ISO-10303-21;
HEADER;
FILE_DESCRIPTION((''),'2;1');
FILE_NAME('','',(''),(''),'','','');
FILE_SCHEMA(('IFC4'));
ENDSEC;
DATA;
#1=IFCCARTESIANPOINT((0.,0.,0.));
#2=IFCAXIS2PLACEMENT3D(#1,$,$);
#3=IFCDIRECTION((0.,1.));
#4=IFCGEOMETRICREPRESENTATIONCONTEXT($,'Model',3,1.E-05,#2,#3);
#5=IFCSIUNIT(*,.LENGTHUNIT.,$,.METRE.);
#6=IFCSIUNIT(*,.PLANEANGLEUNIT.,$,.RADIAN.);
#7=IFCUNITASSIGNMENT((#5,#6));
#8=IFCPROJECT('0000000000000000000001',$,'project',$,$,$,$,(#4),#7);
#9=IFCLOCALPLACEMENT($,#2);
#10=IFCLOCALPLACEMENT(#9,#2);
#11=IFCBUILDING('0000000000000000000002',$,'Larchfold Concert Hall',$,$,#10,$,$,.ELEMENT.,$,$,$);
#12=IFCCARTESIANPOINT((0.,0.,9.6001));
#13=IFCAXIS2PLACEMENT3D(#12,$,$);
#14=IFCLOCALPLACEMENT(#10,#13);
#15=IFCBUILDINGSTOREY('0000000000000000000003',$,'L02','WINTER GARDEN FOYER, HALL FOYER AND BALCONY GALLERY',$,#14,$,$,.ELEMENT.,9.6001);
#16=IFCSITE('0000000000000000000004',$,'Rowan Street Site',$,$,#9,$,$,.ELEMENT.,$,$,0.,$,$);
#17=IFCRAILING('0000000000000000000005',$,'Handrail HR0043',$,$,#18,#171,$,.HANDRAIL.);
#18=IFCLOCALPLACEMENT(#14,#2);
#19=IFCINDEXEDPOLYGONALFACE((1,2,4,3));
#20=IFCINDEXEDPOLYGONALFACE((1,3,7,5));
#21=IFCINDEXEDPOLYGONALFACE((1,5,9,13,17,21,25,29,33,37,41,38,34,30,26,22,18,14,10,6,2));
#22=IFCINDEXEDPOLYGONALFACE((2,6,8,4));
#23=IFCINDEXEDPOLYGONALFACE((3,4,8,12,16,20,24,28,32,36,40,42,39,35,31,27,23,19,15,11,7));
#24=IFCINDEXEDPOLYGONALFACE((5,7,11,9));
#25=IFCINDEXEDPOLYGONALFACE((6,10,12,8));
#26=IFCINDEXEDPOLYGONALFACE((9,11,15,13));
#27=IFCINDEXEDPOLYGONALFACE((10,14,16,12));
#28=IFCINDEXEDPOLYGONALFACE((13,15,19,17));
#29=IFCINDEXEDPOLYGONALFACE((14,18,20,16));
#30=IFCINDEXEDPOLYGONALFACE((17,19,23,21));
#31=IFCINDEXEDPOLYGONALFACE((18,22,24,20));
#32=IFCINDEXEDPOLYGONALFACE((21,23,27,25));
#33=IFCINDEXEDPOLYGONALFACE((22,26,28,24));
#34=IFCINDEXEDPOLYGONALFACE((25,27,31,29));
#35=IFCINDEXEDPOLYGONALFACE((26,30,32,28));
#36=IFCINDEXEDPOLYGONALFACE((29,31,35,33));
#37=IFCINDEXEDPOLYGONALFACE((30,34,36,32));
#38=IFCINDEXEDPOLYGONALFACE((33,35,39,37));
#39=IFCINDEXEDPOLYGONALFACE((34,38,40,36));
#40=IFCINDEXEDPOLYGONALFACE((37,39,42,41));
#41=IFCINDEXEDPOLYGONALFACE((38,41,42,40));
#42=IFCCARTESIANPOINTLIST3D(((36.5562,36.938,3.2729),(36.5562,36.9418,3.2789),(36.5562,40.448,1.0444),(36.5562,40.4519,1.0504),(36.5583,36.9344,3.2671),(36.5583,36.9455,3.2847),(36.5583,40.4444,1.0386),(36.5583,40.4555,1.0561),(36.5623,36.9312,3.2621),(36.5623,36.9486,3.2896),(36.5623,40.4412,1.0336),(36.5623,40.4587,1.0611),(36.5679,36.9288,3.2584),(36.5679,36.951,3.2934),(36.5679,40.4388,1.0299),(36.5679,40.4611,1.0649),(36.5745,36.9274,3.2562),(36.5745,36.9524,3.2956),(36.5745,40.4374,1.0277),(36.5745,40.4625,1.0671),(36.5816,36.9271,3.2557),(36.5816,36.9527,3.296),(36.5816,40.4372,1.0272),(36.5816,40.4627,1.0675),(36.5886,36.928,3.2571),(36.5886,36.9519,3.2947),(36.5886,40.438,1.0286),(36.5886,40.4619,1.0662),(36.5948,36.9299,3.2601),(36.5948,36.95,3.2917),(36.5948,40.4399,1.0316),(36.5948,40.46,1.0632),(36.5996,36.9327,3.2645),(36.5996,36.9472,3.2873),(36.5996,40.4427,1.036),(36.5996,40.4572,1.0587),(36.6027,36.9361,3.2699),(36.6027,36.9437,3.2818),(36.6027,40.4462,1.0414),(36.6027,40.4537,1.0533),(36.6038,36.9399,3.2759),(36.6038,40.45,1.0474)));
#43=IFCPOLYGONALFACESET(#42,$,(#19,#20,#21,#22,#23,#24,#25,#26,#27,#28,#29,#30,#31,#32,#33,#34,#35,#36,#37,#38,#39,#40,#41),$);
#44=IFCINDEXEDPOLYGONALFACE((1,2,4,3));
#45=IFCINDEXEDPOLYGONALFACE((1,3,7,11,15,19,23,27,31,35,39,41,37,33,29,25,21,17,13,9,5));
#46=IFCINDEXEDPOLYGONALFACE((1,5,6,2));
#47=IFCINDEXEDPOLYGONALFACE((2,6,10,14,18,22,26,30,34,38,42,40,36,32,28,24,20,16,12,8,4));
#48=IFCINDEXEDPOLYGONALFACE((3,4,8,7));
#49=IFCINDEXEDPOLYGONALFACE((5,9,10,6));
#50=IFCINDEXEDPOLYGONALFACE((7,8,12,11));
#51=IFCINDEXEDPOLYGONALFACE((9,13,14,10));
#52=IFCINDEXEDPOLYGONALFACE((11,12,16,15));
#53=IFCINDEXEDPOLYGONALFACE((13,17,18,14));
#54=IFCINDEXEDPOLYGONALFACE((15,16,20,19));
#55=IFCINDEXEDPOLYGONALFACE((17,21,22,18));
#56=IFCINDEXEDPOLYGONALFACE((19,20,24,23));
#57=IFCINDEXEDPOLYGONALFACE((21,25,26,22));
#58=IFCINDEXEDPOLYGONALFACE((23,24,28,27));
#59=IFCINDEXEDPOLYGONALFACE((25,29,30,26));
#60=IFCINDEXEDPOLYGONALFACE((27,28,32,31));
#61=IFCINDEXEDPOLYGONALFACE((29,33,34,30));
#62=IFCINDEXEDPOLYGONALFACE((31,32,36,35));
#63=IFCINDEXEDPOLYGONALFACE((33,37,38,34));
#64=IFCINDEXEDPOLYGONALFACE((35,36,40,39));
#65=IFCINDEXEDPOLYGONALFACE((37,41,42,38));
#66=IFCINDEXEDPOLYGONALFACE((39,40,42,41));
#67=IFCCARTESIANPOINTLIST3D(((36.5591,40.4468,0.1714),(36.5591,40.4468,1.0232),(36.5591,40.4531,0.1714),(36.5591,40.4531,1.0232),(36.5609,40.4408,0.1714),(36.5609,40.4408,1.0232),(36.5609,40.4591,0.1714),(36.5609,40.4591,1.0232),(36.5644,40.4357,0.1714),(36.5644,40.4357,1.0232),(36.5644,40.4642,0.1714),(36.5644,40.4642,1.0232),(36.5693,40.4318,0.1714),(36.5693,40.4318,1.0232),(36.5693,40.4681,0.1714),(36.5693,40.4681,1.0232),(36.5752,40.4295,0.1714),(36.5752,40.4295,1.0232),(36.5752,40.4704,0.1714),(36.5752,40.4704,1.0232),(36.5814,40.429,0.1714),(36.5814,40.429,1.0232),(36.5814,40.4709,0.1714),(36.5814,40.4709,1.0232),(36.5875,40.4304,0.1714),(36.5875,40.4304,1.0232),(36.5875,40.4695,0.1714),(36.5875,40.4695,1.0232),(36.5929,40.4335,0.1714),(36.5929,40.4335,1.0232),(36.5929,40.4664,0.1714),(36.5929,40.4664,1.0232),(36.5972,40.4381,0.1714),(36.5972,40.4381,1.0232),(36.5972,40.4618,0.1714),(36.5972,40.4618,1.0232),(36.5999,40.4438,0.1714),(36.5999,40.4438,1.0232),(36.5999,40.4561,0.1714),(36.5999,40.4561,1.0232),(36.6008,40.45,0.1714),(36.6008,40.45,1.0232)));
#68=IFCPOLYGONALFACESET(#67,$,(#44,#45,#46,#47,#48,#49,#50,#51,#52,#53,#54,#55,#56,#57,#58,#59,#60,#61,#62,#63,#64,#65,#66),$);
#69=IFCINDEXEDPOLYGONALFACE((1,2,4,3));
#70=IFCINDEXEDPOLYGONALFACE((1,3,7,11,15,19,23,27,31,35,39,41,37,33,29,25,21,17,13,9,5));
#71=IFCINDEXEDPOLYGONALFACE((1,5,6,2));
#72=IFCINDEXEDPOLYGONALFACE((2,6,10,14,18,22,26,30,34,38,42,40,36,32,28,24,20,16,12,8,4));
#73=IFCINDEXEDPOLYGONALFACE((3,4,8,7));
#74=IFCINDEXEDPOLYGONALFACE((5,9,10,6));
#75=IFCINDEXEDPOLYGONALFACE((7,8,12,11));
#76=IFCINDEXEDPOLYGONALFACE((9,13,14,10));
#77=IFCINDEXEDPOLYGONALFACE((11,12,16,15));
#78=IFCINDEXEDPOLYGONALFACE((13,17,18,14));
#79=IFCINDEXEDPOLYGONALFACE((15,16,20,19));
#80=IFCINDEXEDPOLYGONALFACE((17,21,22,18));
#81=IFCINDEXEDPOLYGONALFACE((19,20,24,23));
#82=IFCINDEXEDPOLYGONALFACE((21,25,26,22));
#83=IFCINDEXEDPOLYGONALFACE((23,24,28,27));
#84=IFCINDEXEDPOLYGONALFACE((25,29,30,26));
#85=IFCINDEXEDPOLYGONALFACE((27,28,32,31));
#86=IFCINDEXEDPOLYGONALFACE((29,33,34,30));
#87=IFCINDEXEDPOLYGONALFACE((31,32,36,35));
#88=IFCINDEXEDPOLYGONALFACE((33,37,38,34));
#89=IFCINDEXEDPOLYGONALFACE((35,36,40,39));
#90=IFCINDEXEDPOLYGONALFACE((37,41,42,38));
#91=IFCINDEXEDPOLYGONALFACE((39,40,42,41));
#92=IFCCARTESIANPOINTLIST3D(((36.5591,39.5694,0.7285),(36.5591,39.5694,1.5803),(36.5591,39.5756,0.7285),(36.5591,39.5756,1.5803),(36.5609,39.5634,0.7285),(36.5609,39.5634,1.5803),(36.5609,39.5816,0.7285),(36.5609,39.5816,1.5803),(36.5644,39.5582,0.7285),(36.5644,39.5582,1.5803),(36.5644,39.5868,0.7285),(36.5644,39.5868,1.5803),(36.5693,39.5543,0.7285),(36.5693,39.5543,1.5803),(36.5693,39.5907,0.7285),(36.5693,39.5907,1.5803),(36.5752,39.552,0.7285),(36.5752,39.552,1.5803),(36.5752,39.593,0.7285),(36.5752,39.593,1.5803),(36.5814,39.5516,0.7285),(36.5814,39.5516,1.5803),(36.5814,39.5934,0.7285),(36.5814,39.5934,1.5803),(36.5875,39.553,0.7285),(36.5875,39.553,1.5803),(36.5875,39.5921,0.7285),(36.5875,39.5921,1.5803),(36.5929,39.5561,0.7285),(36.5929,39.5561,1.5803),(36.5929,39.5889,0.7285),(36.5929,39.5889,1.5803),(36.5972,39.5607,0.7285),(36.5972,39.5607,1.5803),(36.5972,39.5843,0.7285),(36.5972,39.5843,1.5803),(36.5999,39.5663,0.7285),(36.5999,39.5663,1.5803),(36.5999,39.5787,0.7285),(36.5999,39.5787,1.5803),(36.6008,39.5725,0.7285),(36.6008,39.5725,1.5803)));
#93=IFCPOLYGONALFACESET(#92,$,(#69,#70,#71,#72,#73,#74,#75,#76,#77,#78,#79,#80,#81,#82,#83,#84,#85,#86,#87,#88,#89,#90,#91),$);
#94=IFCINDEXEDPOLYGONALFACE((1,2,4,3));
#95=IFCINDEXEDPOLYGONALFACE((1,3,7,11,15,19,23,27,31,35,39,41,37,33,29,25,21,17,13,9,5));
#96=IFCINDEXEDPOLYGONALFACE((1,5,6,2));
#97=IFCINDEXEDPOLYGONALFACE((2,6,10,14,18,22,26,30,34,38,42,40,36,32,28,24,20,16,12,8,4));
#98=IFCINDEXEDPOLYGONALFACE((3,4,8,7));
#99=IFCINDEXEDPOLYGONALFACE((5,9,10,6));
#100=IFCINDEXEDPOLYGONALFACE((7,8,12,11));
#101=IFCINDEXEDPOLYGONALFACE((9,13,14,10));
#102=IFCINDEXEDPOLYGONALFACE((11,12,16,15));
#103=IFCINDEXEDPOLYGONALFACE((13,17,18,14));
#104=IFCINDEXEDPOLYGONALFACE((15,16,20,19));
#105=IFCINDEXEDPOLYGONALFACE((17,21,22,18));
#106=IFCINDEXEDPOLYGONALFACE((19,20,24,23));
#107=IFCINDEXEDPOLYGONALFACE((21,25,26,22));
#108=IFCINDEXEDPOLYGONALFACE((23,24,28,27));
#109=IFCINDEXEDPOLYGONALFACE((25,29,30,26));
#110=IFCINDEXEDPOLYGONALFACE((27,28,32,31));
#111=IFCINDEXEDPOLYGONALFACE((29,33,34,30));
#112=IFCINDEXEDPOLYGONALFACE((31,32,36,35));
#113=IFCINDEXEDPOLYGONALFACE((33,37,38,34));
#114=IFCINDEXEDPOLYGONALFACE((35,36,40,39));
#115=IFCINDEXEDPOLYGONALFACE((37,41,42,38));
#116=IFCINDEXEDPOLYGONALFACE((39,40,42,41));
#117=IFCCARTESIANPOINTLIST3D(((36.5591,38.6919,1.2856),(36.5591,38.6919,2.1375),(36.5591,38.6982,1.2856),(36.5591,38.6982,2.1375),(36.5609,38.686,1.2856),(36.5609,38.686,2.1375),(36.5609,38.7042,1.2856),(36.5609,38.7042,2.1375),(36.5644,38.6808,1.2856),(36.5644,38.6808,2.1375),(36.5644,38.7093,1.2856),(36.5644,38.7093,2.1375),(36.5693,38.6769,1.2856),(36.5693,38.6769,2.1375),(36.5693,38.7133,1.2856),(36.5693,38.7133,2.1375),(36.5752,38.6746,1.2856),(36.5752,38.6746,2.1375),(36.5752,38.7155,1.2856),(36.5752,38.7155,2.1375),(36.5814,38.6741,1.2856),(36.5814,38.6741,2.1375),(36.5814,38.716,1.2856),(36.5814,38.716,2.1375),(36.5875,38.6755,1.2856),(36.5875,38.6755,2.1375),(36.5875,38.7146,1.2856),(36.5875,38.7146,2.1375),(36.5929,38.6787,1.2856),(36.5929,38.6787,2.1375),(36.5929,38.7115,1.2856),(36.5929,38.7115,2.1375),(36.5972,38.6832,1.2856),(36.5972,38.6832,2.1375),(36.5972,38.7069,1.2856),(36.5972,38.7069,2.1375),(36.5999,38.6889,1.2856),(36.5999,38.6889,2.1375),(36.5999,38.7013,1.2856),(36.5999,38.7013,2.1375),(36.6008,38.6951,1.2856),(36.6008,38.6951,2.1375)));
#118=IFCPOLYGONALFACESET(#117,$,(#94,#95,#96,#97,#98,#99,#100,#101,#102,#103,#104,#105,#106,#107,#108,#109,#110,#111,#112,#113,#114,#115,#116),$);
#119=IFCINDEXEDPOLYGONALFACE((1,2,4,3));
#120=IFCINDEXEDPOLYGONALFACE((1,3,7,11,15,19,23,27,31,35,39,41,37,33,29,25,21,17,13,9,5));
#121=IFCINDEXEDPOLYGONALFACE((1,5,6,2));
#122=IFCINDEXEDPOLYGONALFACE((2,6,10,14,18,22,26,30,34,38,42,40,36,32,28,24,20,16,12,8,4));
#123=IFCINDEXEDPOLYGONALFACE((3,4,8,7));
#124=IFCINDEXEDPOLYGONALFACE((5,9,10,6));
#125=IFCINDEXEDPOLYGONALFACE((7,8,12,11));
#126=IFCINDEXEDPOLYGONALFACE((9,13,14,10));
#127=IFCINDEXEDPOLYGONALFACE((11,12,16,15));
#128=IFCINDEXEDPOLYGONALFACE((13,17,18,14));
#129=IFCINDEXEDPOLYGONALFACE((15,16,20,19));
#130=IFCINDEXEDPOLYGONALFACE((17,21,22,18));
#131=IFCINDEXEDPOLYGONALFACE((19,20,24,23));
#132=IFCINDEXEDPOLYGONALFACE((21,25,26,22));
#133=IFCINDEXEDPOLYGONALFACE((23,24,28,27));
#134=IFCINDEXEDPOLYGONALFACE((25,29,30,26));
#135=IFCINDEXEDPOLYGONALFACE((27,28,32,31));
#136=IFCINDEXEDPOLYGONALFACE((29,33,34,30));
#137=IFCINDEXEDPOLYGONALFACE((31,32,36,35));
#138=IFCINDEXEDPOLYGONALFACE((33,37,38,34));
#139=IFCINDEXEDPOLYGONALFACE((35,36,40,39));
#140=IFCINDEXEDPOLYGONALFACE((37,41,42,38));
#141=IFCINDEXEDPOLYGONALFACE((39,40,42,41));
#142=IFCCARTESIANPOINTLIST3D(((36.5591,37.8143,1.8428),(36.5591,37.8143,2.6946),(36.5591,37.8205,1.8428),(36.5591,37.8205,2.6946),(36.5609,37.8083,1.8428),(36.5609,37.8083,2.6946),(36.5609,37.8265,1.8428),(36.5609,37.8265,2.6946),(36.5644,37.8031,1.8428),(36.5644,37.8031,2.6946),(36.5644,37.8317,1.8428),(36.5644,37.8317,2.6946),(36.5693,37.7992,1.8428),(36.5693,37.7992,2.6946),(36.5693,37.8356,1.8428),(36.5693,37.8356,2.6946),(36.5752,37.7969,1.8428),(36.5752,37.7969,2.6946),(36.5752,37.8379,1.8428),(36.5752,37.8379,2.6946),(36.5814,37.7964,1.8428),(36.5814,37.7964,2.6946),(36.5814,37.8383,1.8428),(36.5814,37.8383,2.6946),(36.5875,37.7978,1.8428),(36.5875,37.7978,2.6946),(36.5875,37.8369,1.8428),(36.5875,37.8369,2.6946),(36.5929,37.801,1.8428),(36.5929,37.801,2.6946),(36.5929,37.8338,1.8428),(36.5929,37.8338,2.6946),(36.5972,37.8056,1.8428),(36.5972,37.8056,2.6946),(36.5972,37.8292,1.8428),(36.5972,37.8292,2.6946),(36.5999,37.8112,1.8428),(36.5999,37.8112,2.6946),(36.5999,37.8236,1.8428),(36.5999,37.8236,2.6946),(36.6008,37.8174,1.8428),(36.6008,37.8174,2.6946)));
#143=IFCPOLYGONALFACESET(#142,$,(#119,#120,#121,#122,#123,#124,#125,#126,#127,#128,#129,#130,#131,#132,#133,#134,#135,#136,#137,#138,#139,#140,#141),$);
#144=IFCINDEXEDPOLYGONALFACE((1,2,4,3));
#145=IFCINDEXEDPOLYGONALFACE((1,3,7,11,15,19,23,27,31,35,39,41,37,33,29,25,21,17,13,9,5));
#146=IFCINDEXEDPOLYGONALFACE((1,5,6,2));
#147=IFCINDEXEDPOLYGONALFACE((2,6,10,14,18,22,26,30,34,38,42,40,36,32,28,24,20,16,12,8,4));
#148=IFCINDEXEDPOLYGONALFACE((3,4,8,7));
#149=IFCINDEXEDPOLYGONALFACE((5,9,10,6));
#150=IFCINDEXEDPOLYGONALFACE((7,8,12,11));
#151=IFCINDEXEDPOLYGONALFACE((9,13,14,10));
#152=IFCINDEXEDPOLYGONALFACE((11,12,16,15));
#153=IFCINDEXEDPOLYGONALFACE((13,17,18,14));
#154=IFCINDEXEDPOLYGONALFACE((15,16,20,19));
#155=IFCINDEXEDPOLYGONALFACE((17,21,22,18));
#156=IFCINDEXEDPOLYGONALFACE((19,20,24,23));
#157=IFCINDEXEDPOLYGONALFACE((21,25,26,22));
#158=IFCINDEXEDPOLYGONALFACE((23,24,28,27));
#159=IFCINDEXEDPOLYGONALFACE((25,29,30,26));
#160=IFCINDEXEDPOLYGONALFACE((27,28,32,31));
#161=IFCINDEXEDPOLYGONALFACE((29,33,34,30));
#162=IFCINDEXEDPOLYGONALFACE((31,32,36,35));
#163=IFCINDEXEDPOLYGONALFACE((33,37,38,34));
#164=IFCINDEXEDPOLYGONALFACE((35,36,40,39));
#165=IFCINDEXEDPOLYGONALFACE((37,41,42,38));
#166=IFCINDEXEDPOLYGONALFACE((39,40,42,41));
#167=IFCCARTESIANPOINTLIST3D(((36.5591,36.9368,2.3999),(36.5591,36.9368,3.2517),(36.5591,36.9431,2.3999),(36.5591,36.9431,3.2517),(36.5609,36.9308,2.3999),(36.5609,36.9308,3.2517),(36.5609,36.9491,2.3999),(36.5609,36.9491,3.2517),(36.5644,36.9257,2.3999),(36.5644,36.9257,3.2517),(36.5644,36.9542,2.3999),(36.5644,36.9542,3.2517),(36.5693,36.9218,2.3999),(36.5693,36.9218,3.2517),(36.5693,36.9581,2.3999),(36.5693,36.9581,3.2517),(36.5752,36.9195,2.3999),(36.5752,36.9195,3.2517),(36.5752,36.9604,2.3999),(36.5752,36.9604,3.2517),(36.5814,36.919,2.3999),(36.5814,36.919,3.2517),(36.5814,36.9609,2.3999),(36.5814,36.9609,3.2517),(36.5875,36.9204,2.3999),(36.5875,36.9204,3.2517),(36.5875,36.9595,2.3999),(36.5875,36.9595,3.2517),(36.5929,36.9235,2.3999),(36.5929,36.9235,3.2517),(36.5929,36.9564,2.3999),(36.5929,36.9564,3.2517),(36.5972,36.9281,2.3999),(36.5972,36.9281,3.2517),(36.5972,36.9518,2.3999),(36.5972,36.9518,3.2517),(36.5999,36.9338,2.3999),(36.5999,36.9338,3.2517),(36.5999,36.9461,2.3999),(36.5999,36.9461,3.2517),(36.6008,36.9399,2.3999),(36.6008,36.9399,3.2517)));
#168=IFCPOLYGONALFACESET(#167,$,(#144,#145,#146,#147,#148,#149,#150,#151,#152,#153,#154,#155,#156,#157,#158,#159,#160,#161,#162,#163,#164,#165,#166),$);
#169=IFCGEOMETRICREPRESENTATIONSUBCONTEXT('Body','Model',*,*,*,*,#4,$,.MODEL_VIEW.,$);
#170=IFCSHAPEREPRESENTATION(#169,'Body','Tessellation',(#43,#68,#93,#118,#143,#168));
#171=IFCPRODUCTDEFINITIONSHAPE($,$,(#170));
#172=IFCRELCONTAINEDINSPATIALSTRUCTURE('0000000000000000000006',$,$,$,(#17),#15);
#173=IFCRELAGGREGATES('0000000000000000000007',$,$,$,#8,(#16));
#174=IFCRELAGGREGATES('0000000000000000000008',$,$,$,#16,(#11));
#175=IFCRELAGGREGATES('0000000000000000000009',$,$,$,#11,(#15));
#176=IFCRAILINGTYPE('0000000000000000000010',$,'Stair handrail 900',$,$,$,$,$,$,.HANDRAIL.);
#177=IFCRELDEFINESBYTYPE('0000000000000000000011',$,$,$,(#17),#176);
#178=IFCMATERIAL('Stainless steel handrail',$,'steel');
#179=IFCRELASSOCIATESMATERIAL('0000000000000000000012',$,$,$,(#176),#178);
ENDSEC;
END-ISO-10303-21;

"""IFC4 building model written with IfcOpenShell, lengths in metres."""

from ifc_helpers import new_model, si_unit, direction, frame, origin, origin_2d, place, context, subcontext, project, spatial, circle, extrude, material, type_object, element, save


model = new_model("IFC4")

# Units and contexts
model_context = context("Model", 3, precision=1e-05, world=origin(), true_north=direction((0.0, 1.0)))
body_context = subcontext(model_context, "Body", "Model", "MODEL_VIEW")
ifc_project = project(units=[si_unit("LENGTHUNIT", "METRE"), si_unit("PLANEANGLEUNIT", "RADIAN")], contexts=[model_context])

# Site, building, storey
site_placement = place(None, origin())
site = spatial("IfcSite", under=ifc_project, at=site_placement, Name="Rowan Street Site", CompositionType="ELEMENT", RefElevation=0.0)
building_placement = place(site_placement, origin())
building = spatial("IfcBuilding", under=site, at=building_placement, Name="Larchfold Concert Hall", CompositionType="ELEMENT")
storey_placement = place(building_placement, frame((0.0, 0.0, 9.6001)))
storey = spatial("IfcBuildingStorey", under=building, at=storey_placement, Name="L02", Description="WINTER GARDEN FOYER, HALL FOYER AND BALCONY GALLERY", CompositionType="ELEMENT", Elevation=9.6001)

# Railing
ifc_material_1 = material(Name="Stainless steel handrail", Category="steel")
railing_type_1 = type_object("IfcRailingType", Name="Stair handrail 900", PredefinedType="HANDRAIL", material=ifc_material_1)
railing_1_placement = place(storey_placement, frame((36.5798, 40.45, 0.1714)))
element("IfcRailing", 1, at=railing_1_placement, inside=storey, type_object=railing_type_1, Name="Handrail HR0043", PredefinedType="HANDRAIL", context=body_context, shape_type="SweptSolid", body=[
    extrude(circle(Radius=0.0239, at=origin_2d()), frame((0.0, 0.0, 0.876), z_axis=(0.0, -0.84422, 0.535998), x_axis=(1.0, 0.0, 0.0)), (0.0, 0.0, 1.0), 4.1577),
    extrude(circle(Radius=0.021, at=origin_2d()), origin(), (0.0, 0.0, 1.0), 0.8518),
    extrude(circle(Radius=0.021, at=origin_2d()), frame((0.0, -0.8774, 0.5571)), (0.0, 0.0, 1.0), 0.8518),
    extrude(circle(Radius=0.021, at=origin_2d()), frame((0.0, -1.7549, 1.1143)), (0.0, 0.0, 1.0), 0.8518),
    extrude(circle(Radius=0.021, at=origin_2d()), frame((0.0, -2.6326, 1.6714)), (0.0, 0.0, 1.0), 0.8518),
    extrude(circle(Radius=0.021, at=origin_2d()), frame((0.0, -3.51, 2.2285)), (0.0, 0.0, 1.0), 0.8518),
])

save(model, "model.ifc")
